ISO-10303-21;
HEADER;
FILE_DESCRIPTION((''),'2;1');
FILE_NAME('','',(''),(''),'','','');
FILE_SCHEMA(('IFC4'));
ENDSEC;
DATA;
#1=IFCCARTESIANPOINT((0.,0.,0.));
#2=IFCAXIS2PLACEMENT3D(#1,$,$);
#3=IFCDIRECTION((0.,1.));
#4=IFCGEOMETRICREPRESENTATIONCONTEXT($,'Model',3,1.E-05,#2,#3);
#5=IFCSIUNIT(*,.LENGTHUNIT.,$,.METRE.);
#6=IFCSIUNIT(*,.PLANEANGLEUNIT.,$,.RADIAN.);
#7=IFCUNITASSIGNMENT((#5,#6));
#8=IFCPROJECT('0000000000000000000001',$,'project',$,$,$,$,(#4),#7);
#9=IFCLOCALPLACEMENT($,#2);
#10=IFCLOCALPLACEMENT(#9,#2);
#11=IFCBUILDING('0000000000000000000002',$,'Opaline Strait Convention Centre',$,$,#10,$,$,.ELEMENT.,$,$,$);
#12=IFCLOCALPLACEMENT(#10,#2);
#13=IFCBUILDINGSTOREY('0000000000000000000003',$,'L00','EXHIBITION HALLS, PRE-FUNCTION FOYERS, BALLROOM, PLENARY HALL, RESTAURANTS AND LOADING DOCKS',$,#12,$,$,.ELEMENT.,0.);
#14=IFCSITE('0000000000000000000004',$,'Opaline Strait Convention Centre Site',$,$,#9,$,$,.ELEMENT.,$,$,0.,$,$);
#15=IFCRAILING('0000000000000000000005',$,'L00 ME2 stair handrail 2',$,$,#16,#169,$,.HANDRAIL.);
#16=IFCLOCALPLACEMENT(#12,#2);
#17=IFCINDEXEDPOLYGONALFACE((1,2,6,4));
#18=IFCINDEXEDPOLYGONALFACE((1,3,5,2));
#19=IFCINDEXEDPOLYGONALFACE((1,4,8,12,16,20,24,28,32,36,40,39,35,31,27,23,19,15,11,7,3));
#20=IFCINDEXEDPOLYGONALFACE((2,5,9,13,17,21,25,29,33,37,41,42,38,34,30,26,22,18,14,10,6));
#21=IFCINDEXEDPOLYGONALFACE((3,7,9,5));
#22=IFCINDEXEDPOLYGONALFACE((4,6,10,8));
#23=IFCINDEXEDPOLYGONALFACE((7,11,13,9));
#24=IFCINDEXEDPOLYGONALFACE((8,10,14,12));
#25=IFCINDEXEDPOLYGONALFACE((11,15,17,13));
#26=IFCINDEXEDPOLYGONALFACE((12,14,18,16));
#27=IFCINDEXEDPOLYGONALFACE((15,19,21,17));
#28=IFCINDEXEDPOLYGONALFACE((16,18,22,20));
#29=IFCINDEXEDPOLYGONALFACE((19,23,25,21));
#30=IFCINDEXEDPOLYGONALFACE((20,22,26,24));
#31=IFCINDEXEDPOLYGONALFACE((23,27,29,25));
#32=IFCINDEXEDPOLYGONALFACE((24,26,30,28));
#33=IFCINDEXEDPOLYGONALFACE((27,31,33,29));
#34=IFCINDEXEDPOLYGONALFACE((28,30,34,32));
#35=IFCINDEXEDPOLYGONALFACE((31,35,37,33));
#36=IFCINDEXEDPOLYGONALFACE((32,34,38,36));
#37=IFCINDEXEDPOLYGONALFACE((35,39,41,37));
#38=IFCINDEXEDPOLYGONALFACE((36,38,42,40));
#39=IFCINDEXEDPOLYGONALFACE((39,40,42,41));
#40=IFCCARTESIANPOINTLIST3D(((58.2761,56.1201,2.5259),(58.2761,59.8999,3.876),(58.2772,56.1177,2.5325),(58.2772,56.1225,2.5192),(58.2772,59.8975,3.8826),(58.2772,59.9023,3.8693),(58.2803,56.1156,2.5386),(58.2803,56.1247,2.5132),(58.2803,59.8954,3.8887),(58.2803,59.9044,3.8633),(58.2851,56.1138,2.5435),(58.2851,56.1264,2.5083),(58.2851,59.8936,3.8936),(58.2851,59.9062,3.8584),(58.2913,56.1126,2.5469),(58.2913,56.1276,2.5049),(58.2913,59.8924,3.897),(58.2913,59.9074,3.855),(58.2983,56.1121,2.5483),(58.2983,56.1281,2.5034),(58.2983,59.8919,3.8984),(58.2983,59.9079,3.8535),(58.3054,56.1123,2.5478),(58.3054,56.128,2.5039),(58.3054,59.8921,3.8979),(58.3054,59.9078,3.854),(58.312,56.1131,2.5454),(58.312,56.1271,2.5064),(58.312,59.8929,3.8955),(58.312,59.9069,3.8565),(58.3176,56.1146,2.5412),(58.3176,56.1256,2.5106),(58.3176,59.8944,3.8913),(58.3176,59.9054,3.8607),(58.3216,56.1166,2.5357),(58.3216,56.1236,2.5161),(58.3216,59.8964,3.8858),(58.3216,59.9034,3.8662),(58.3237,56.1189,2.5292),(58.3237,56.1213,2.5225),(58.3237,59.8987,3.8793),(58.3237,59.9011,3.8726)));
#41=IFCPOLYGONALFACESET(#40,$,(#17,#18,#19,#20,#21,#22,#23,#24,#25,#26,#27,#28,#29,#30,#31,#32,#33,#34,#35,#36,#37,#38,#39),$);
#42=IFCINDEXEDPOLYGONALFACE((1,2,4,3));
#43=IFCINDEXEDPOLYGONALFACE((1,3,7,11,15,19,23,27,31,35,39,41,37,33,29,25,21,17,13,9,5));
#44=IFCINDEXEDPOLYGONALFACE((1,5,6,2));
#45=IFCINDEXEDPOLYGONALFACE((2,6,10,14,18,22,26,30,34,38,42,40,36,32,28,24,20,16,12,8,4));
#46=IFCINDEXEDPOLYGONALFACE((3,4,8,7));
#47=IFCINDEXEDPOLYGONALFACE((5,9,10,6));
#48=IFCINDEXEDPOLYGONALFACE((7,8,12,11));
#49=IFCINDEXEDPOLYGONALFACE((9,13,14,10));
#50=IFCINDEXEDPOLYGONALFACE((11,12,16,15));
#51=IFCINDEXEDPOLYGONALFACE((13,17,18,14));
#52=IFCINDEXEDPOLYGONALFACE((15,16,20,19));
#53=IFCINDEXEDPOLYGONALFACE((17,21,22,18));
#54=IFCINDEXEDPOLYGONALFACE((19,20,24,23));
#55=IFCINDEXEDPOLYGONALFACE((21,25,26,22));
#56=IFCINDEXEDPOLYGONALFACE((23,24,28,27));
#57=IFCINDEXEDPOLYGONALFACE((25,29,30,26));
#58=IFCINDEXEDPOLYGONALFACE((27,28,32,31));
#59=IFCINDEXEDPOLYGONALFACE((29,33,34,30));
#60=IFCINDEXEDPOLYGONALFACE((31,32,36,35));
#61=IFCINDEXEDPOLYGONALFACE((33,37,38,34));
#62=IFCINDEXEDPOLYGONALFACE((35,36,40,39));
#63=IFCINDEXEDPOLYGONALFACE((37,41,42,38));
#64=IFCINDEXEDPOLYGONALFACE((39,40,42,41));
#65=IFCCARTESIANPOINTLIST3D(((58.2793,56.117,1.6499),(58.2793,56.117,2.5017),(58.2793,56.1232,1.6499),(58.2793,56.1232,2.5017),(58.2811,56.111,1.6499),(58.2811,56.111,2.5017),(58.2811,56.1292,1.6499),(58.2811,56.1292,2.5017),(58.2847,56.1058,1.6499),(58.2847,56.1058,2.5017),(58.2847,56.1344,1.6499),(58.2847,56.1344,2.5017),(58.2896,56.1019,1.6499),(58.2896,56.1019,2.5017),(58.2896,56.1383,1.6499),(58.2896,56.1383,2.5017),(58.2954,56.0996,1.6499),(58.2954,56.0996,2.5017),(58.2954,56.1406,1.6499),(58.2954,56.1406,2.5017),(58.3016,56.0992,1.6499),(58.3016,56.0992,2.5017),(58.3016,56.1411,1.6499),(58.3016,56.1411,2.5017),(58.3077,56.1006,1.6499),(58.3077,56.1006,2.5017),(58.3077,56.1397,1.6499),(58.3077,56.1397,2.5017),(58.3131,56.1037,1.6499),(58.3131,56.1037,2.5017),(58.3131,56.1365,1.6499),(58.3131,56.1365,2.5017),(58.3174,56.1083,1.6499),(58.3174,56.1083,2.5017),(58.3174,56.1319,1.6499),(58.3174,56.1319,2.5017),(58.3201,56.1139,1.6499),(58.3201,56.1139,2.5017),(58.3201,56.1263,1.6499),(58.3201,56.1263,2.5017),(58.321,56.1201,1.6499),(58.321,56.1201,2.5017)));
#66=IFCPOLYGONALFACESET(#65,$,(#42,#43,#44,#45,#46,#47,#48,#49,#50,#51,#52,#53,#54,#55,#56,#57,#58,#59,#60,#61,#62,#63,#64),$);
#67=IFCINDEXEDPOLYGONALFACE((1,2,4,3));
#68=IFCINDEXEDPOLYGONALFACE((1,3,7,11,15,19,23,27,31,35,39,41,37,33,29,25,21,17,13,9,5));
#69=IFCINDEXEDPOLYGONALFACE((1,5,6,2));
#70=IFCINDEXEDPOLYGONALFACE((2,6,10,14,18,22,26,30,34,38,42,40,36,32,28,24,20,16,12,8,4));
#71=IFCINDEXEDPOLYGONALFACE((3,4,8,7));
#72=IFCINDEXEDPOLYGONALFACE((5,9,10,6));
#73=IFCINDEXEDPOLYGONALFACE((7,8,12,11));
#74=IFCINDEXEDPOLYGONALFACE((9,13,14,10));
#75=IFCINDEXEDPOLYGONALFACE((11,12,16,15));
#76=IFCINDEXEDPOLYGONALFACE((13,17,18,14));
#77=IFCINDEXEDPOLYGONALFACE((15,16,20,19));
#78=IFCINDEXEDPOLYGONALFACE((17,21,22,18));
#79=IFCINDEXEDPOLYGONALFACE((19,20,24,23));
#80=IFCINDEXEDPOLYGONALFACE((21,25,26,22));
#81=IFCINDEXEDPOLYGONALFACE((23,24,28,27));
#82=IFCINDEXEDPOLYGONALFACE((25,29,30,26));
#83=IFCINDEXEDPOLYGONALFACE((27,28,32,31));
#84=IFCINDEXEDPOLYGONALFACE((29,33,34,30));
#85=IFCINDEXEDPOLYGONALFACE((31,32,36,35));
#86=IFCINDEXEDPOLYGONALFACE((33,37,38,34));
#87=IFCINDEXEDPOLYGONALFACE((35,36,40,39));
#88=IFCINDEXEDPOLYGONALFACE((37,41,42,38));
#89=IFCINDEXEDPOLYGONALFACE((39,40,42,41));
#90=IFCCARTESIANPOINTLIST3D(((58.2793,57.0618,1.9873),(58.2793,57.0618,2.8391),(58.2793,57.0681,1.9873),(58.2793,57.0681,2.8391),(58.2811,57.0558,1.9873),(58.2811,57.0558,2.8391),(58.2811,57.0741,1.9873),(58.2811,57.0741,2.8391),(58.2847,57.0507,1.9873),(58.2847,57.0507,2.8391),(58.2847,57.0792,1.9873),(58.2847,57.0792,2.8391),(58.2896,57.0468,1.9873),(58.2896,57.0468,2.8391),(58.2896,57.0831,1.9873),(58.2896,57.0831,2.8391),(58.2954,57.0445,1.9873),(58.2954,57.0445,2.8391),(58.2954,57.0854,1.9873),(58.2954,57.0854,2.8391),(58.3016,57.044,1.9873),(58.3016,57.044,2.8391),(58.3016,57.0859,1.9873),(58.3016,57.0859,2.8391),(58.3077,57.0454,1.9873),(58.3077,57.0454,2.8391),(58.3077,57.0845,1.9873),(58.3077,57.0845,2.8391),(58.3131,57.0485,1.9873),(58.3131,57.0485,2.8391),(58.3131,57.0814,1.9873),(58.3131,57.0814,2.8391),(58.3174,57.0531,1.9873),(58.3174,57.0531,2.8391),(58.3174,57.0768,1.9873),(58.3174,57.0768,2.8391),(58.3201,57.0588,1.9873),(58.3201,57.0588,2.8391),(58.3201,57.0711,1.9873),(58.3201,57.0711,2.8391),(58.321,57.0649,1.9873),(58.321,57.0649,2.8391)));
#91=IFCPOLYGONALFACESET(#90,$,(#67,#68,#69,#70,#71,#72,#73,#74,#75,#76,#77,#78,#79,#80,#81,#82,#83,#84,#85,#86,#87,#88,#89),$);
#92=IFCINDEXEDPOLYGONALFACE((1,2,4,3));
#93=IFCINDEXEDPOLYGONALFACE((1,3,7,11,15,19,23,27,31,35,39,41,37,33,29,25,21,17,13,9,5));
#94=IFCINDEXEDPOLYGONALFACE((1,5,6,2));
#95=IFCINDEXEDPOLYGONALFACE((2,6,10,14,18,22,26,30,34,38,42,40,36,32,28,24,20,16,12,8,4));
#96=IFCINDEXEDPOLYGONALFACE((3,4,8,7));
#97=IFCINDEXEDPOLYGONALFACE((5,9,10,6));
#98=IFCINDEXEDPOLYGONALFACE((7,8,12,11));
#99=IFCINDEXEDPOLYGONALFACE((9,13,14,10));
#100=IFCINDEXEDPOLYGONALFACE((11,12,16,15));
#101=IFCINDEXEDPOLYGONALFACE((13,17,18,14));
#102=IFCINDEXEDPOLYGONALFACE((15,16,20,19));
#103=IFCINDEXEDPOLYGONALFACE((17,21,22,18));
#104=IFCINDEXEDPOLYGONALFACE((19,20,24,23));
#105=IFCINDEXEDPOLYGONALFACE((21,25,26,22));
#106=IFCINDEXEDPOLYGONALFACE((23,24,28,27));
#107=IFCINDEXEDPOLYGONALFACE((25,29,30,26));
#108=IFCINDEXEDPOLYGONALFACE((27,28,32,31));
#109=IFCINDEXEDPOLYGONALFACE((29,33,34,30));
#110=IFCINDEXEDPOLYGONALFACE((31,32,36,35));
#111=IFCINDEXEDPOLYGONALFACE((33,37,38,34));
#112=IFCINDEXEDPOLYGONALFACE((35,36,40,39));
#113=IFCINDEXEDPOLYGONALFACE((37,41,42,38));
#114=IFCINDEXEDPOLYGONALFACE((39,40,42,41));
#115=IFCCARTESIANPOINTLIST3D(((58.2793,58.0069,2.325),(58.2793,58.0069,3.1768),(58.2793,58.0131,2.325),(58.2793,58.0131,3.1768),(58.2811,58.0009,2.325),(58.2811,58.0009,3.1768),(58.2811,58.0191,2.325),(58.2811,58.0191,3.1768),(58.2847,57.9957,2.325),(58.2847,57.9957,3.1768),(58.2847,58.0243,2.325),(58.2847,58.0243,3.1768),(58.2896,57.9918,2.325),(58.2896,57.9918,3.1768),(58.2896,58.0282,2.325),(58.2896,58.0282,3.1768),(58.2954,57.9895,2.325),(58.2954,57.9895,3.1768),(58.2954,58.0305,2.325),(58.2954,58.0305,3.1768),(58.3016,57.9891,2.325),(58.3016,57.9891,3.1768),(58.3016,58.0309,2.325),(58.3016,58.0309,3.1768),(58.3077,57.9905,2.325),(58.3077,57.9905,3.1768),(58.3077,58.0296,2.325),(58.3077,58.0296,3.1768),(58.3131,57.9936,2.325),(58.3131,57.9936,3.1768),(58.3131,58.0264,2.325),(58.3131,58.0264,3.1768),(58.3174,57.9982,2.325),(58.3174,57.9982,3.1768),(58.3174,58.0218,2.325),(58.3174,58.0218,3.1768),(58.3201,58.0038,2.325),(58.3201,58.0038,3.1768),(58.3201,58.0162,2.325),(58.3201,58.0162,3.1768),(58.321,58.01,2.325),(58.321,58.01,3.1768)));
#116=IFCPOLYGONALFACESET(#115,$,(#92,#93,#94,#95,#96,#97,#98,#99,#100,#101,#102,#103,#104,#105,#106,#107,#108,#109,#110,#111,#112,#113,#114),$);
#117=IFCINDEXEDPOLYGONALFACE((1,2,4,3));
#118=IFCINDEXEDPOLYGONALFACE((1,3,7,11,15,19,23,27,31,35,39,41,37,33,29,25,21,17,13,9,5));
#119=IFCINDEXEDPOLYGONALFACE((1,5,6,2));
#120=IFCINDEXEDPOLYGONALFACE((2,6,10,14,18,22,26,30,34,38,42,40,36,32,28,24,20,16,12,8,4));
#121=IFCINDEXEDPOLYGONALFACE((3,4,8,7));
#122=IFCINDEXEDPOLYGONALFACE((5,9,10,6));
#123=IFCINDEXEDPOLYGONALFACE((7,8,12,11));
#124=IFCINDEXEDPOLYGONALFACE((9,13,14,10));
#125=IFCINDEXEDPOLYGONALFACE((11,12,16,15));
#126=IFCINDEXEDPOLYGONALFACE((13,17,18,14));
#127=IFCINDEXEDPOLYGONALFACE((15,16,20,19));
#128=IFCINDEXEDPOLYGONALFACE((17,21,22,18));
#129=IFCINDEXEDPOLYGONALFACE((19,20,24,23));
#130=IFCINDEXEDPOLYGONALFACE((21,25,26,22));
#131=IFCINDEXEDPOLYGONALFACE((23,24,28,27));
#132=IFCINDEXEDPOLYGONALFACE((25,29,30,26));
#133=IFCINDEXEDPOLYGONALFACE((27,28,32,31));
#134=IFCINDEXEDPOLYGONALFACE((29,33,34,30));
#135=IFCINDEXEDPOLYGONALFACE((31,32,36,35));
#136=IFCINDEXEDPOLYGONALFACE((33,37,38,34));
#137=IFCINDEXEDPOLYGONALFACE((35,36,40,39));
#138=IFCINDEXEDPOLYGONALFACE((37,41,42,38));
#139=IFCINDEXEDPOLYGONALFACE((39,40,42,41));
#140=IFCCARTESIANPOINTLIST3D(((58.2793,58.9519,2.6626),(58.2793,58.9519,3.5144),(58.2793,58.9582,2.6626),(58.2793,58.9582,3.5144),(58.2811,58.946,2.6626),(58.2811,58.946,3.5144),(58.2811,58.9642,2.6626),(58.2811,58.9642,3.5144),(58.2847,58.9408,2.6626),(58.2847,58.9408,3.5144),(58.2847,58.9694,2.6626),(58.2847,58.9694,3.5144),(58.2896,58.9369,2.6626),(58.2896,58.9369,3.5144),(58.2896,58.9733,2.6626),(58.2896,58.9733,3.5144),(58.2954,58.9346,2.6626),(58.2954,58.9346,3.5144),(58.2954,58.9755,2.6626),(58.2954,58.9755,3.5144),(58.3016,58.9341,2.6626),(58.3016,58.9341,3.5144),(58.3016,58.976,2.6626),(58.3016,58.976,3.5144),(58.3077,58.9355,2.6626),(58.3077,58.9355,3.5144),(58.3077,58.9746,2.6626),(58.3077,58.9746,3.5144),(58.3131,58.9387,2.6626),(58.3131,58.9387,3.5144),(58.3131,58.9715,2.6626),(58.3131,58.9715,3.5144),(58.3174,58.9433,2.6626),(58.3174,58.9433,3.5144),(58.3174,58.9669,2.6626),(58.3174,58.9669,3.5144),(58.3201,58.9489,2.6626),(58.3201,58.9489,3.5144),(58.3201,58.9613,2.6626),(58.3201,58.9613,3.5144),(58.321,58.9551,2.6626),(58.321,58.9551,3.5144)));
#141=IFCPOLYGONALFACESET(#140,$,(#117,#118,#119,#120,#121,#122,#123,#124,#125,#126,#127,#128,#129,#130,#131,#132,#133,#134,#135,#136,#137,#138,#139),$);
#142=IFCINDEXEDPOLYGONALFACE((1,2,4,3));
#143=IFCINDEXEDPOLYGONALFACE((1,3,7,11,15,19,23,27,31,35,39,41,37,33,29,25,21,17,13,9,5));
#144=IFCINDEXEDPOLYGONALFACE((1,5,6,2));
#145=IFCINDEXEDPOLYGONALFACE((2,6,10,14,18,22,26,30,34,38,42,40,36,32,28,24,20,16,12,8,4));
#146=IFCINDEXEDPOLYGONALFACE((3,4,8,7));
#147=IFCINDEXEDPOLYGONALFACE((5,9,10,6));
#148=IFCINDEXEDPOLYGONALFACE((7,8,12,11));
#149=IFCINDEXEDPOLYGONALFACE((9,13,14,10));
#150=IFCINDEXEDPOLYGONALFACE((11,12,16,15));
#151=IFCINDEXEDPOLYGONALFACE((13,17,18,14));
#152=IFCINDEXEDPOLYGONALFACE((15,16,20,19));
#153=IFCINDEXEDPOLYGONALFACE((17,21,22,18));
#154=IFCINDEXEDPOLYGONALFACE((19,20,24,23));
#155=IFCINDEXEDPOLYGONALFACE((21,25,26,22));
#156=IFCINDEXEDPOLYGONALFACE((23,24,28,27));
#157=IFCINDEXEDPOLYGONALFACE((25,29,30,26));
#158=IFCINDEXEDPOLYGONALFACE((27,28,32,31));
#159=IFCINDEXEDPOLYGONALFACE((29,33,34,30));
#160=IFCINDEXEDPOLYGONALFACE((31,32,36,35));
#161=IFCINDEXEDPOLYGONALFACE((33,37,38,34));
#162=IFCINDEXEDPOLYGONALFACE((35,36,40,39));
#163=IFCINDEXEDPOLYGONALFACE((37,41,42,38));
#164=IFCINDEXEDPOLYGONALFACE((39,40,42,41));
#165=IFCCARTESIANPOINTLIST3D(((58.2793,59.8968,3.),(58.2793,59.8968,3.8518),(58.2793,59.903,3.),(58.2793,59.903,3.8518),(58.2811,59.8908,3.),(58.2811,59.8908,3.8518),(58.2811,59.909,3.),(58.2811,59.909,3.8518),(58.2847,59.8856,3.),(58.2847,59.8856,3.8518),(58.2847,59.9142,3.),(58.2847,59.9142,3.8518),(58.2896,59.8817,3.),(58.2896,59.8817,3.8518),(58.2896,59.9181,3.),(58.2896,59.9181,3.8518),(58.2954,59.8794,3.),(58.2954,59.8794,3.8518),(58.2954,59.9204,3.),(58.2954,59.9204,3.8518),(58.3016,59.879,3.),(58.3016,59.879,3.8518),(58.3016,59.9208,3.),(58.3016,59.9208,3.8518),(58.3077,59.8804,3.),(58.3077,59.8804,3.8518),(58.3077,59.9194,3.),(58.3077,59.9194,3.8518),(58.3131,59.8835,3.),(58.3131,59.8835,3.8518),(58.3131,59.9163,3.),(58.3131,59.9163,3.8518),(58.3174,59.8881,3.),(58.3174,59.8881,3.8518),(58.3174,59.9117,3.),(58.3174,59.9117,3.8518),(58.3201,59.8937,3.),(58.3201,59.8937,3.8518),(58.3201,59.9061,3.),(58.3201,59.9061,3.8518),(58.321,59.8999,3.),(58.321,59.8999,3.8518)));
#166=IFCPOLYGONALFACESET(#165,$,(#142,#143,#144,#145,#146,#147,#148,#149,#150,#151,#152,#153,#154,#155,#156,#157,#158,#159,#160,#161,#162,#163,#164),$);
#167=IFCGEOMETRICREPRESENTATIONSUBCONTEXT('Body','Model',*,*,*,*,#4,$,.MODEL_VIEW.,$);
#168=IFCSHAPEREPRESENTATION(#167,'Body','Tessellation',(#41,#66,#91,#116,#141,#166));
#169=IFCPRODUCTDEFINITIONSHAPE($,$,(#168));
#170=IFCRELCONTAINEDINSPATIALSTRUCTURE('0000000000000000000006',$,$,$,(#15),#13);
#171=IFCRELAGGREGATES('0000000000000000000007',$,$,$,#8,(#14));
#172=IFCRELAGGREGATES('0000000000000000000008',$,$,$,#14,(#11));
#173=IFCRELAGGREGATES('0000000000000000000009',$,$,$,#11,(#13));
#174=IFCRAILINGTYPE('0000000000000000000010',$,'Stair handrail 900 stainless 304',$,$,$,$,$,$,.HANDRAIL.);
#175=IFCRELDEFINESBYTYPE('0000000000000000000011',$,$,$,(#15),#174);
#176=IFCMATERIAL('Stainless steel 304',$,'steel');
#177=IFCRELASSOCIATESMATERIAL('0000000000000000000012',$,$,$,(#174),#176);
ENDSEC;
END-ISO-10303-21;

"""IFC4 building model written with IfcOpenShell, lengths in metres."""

from ifc_helpers import new_model, si_unit, direction, frame, origin, origin_2d, place, context, subcontext, project, spatial, circle, extrude, material, type_object, element, save


model = new_model("IFC4")

# Units and contexts
model_context = context("Model", 3, precision=1e-05, world=origin(), true_north=direction((0.0, 1.0)))
body_context = subcontext(model_context, "Body", "Model", "MODEL_VIEW")
ifc_project = project(units=[si_unit("LENGTHUNIT", "METRE"), si_unit("PLANEANGLEUNIT", "RADIAN")], contexts=[model_context])

# Site, building, storey
site_placement = place(None, origin())
site = spatial("IfcSite", under=ifc_project, at=site_placement, Name="Opaline Strait Convention Centre Site", CompositionType="ELEMENT", RefElevation=0.0)
building_placement = place(site_placement, origin())
building = spatial("IfcBuilding", under=site, at=building_placement, Name="Opaline Strait Convention Centre", CompositionType="ELEMENT")
storey_placement = place(building_placement, origin())
storey = spatial("IfcBuildingStorey", under=building, at=storey_placement, Name="L00", Description="EXHIBITION HALLS, PRE-FUNCTION FOYERS, BALLROOM, PLENARY HALL, RESTAURANTS AND LOADING DOCKS", CompositionType="ELEMENT", Elevation=0.0)

# Railing
ifc_material_1 = material(Name="Stainless steel 304", Category="steel")
railing_type_1 = type_object("IfcRailingType", Name="Stair handrail 900 stainless 304", PredefinedType="HANDRAIL", material=ifc_material_1)
for number, where, name in (
    (1, (58.3, 56.1201, 1.6499), "L00 ME2 stair handrail 2"),
):
    element("IfcRailing", number, at=place(storey_placement, frame(where)), inside=storey, type_object=railing_type_1, Name=name, PredefinedType="HANDRAIL", context=body_context, shape_type="SweptSolid", body=[
        extrude(circle(Radius=0.0239, at=origin_2d()), frame((0.0, 0.0, 0.876), z_axis=(0.0, 0.941728, 0.336375), x_axis=(-1.0, 0.0, 0.0)), (0.0, 0.0, 1.0), 4.0137),
        extrude(circle(Radius=0.021, at=origin_2d()), origin(), (0.0, 0.0, 1.0), 0.8518),
        extrude(circle(Radius=0.021, at=origin_2d()), frame((0.0, 0.9448, 0.3374)), (0.0, 0.0, 1.0), 0.8518),
        extrude(circle(Radius=0.021, at=origin_2d()), frame((0.0, 1.8899, 0.675)), (0.0, 0.0, 1.0), 0.8518),
        extrude(circle(Radius=0.021, at=origin_2d()), frame((0.0, 2.835, 1.0127)), (0.0, 0.0, 1.0), 0.8518),
        extrude(circle(Radius=0.021, at=origin_2d()), frame((0.0, 3.7798, 1.3501)), (0.0, 0.0, 1.0), 0.8518),
    ])

save(model, "model.ifc")
